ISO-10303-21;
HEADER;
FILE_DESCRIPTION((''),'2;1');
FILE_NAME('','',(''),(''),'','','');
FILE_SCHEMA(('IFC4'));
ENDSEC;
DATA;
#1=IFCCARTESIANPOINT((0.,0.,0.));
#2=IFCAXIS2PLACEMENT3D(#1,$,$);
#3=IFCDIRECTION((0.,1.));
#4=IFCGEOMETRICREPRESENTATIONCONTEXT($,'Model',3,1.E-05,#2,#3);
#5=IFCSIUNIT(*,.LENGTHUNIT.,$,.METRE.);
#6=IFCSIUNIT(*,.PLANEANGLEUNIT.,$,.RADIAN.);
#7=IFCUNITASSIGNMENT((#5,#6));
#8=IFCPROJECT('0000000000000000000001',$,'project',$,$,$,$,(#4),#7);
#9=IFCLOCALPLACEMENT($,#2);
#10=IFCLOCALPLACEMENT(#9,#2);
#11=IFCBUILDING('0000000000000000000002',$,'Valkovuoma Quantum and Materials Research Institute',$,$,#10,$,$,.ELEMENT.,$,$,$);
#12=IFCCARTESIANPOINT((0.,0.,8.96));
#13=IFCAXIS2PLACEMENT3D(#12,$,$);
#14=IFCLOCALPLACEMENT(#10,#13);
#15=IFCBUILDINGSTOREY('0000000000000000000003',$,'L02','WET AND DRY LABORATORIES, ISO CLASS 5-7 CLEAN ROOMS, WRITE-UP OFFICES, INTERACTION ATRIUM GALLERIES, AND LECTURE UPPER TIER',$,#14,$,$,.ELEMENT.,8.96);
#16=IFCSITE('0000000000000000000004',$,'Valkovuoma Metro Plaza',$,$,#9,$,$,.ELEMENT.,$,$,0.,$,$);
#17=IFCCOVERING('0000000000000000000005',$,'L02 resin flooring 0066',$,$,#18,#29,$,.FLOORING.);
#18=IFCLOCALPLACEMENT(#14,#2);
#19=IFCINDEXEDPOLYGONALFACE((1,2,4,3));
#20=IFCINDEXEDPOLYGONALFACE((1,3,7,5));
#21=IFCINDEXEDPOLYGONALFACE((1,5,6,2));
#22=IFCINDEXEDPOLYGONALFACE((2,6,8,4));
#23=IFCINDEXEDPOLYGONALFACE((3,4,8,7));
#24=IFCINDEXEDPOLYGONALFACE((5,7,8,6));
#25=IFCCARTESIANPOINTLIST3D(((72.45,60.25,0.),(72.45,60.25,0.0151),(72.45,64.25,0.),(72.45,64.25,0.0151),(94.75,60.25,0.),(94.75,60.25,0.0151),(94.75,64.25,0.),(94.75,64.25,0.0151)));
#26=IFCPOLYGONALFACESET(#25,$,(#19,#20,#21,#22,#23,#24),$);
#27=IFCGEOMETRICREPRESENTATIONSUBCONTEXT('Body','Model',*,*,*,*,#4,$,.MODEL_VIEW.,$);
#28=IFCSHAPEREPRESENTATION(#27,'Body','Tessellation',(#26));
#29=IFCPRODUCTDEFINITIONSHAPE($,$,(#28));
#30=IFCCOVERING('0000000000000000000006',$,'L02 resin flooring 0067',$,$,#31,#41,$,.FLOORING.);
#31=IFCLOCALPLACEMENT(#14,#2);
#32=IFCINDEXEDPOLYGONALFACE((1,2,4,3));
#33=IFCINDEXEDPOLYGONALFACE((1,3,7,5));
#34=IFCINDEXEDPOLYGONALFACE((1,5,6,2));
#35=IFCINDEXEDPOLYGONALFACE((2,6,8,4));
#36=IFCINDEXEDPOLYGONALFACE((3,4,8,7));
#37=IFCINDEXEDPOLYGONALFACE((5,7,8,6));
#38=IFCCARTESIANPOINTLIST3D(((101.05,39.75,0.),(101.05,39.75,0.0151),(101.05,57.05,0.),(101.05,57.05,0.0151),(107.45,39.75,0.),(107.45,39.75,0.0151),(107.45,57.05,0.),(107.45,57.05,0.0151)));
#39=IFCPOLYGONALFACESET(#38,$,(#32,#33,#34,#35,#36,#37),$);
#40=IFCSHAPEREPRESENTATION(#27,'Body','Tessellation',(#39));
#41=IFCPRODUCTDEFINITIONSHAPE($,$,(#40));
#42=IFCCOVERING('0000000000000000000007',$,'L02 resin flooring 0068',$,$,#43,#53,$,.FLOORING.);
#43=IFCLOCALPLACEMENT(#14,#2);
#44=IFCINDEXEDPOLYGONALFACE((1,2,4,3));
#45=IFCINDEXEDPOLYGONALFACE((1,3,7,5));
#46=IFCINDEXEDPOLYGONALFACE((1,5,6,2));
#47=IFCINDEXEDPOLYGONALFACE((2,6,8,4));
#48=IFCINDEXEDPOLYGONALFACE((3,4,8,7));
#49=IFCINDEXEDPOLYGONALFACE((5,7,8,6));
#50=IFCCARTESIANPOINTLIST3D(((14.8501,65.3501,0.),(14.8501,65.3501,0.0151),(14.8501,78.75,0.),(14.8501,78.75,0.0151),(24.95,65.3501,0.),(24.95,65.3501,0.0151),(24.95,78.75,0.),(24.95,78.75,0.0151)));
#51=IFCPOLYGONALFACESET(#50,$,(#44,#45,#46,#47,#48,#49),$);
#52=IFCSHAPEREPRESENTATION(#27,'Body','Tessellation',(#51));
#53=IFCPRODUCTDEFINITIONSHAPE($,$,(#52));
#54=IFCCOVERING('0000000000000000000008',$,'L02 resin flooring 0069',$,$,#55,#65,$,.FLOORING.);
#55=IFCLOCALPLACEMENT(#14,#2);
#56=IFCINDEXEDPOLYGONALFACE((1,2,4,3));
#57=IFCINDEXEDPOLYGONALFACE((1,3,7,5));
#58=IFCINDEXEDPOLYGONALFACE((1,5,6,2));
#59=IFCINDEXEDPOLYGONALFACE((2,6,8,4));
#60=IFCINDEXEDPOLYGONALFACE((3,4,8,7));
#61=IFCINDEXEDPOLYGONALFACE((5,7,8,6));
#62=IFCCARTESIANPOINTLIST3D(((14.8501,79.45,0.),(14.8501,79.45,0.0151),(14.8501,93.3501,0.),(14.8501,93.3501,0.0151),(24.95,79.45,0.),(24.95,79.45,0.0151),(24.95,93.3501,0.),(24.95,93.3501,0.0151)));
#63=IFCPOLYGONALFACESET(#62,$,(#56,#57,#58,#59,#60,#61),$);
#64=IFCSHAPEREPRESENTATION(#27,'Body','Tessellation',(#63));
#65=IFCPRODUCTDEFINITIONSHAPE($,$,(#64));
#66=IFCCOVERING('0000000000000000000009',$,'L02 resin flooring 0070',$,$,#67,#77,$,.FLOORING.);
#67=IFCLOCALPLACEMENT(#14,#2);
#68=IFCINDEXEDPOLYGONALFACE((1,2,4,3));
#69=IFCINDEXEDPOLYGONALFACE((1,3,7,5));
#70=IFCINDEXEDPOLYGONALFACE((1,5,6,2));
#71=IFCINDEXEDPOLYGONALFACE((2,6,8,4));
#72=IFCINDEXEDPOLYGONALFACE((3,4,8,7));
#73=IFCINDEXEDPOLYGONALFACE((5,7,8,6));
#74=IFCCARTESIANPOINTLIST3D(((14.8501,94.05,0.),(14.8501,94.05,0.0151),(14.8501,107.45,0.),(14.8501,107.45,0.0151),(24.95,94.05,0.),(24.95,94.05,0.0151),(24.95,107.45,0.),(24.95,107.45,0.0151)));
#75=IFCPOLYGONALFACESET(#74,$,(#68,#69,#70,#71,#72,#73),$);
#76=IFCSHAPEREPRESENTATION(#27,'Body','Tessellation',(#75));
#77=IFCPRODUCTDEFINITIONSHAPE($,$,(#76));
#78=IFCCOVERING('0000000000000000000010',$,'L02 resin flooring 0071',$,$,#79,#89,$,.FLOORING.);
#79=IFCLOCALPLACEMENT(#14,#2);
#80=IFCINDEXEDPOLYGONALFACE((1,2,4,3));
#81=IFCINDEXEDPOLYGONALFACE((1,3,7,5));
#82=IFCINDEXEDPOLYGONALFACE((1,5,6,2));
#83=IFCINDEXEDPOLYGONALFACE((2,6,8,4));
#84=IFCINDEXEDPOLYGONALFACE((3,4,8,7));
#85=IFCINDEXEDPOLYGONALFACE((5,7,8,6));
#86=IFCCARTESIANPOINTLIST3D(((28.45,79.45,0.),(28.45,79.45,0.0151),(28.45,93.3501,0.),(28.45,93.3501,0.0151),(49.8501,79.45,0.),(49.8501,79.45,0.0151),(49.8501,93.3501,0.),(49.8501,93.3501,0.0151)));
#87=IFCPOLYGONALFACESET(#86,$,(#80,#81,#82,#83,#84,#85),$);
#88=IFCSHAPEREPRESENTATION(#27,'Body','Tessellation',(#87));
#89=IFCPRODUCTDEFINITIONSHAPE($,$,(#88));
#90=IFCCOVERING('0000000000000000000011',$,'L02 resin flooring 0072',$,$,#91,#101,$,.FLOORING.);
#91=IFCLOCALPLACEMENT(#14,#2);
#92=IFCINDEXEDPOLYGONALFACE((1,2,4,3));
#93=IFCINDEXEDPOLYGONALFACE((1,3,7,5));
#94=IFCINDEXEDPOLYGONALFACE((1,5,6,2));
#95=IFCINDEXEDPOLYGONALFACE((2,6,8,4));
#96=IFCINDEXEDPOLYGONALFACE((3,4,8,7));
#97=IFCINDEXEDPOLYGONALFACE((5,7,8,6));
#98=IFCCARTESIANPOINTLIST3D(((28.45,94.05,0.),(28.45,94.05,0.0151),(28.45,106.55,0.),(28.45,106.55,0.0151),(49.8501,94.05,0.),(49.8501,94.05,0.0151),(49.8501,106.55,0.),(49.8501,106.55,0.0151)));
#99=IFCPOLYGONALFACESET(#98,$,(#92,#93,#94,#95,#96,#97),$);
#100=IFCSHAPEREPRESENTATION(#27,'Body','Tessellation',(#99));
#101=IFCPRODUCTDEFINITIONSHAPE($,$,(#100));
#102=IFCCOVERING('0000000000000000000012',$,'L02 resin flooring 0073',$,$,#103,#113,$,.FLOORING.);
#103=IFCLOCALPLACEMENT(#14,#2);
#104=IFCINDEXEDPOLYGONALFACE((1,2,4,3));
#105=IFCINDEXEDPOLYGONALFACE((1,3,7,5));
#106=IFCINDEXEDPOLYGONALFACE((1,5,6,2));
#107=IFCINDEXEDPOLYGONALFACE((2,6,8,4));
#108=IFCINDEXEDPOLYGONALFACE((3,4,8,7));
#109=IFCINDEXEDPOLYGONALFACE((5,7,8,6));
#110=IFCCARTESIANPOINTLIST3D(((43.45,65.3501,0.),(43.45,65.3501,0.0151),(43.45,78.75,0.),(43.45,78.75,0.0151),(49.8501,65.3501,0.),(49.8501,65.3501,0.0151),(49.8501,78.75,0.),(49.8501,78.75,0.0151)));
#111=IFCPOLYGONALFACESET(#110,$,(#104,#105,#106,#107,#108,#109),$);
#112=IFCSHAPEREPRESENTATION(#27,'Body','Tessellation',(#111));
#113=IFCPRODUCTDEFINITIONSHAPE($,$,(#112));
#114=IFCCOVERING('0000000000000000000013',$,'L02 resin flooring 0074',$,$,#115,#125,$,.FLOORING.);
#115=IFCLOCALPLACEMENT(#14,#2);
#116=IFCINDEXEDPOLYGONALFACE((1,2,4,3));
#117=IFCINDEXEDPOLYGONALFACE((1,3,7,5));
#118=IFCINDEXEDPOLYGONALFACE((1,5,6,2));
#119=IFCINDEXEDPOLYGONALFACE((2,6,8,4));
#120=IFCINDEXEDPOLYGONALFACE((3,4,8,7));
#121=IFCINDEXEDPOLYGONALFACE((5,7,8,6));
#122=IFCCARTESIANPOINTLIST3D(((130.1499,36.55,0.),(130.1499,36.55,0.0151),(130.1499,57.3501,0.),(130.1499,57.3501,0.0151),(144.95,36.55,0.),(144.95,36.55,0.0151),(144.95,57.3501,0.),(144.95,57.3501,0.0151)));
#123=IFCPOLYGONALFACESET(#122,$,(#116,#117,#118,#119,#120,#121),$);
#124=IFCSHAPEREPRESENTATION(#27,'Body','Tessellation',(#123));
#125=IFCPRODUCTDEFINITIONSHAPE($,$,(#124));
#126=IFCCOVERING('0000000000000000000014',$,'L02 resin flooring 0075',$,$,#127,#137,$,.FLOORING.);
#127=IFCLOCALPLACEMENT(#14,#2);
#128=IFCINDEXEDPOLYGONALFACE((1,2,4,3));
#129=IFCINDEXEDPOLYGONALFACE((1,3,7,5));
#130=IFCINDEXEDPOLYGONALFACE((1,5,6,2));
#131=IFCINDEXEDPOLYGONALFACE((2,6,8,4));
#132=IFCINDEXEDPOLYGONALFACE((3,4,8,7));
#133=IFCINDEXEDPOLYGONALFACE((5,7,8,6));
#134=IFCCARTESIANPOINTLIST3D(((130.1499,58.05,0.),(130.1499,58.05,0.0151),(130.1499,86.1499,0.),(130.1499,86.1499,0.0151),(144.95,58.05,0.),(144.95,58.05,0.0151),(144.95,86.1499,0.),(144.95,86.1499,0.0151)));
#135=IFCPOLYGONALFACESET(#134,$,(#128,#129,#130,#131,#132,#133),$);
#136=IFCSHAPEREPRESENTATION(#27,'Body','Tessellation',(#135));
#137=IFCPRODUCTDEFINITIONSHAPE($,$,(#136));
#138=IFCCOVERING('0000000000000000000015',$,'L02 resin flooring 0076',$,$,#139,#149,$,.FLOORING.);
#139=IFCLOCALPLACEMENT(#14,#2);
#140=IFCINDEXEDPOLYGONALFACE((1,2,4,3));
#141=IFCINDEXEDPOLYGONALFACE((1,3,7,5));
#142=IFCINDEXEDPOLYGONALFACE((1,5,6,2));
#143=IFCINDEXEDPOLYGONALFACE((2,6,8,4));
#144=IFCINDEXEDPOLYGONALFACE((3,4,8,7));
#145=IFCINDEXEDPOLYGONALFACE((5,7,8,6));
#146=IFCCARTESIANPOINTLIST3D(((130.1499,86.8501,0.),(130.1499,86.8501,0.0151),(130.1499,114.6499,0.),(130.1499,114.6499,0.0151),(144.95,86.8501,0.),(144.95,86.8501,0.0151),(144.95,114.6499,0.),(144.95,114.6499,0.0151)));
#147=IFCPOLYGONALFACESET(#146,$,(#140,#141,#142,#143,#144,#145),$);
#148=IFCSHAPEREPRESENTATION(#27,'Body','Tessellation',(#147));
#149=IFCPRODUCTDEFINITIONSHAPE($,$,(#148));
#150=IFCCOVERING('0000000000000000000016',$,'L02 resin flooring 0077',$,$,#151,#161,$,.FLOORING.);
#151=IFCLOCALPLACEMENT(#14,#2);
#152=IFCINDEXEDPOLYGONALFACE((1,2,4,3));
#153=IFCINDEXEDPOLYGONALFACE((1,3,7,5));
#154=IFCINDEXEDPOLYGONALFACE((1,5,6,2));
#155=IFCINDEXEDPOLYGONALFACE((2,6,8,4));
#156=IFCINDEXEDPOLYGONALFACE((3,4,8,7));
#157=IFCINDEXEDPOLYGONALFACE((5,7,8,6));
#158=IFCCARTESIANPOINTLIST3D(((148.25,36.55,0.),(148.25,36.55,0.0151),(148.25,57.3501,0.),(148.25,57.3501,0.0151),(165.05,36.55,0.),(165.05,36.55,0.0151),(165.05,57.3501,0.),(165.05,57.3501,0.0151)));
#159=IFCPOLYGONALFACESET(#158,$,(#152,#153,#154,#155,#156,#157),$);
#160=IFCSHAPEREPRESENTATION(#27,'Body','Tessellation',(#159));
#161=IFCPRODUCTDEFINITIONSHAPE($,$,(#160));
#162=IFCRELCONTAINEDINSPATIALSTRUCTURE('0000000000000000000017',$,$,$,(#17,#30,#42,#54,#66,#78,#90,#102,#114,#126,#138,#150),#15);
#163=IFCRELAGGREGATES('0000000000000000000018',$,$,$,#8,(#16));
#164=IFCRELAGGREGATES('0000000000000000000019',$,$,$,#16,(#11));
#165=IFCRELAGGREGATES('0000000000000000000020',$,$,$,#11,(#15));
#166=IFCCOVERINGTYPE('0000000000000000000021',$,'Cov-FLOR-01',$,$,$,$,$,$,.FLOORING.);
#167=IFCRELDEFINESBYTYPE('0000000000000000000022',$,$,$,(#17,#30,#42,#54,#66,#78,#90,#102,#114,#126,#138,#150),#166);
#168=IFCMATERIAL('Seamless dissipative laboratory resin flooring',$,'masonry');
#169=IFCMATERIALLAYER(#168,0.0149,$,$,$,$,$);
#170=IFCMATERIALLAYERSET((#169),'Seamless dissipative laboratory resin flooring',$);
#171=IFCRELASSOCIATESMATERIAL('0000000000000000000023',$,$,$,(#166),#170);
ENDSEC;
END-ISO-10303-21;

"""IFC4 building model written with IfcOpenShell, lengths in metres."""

from ifc_helpers import new_model, si_unit, direction, frame, origin, place, context, subcontext, project, spatial, polyline, outline, extrude, material, layer, layer_set, type_object, element, save


model = new_model("IFC4")

# Units and contexts
model_context = context("Model", 3, precision=1e-05, world=origin(), true_north=direction((0.0, 1.0)))
body_context = subcontext(model_context, "Body", "Model", "MODEL_VIEW")
ifc_project = project(units=[si_unit("LENGTHUNIT", "METRE"), si_unit("PLANEANGLEUNIT", "RADIAN")], contexts=[model_context])

# Site, building, storey
site_placement = place(None, origin())
site = spatial("IfcSite", under=ifc_project, at=site_placement, Name="Valkovuoma Metro Plaza", CompositionType="ELEMENT", RefElevation=0.0)
building_placement = place(site_placement, origin())
building = spatial("IfcBuilding", under=site, at=building_placement, Name="Valkovuoma Quantum and Materials Research Institute", CompositionType="ELEMENT")
storey_placement = place(building_placement, frame((0.0, 0.0, 8.96)))
storey = spatial("IfcBuildingStorey", under=building, at=storey_placement, Name="L02", Description="WET AND DRY LABORATORIES, ISO CLASS 5-7 CLEAN ROOMS, WRITE-UP OFFICES, INTERACTION ATRIUM GALLERIES, AND LECTURE UPPER TIER", CompositionType="ELEMENT", Elevation=8.96)

# Coverings
ifc_material_1 = material(Name="Seamless dissipative laboratory resin flooring", Category="masonry")
ifc_layer_1 = layer(ifc_material_1, 0.0149)
ifc_layer_set_1 = layer_set([ifc_layer_1], Name="Seamless dissipative laboratory resin flooring")
covering_type = type_object("IfcCoveringType", Name="Cov-FLOR-01", PredefinedType="FLOORING", material=ifc_layer_set_1)
covering_1_placement = place(storey_placement, origin())
element("IfcCovering", 1, at=covering_1_placement, inside=storey, type_object=covering_type, Name="L02 resin flooring 0066", PredefinedType="FLOORING", context=body_context, shape_type="SweptSolid", body=[
    extrude(outline(polyline([(72.45, 60.25), (94.75, 60.25), (94.75, 64.25), (72.45, 64.25), (72.45, 60.25)])), origin(), (0.0, 0.0, 1.0), 0.0151),
])
covering_2_placement = place(storey_placement, origin())
element("IfcCovering", 2, at=covering_2_placement, inside=storey, type_object=covering_type, Name="L02 resin flooring 0067", PredefinedType="FLOORING", context=body_context, shape_type="SweptSolid", body=[
    extrude(outline(polyline([(101.05, 39.75), (107.45, 39.75), (107.45, 57.05), (101.05, 57.05), (101.05, 39.75)])), origin(), (0.0, 0.0, 1.0), 0.0151),
])
covering_3_placement = place(storey_placement, origin())
element("IfcCovering", 3, at=covering_3_placement, inside=storey, type_object=covering_type, Name="L02 resin flooring 0068", PredefinedType="FLOORING", context=body_context, shape_type="SweptSolid", body=[
    extrude(outline(polyline([(14.8501, 65.3501), (24.95, 65.3501), (24.95, 78.75), (14.8501, 78.75), (14.8501, 65.3501)])), origin(), (0.0, 0.0, 1.0), 0.0151),
])
covering_4_placement = place(storey_placement, origin())
element("IfcCovering", 4, at=covering_4_placement, inside=storey, type_object=covering_type, Name="L02 resin flooring 0069", PredefinedType="FLOORING", context=body_context, shape_type="SweptSolid", body=[
    extrude(outline(polyline([(14.8501, 79.45), (24.95, 79.45), (24.95, 93.3501), (14.8501, 93.3501), (14.8501, 79.45)])), origin(), (0.0, 0.0, 1.0), 0.0151),
])
covering_5_placement = place(storey_placement, origin())
element("IfcCovering", 5, at=covering_5_placement, inside=storey, type_object=covering_type, Name="L02 resin flooring 0070", PredefinedType="FLOORING", context=body_context, shape_type="SweptSolid", body=[
    extrude(outline(polyline([(14.8501, 94.05), (24.95, 94.05), (24.95, 107.45), (14.8501, 107.45), (14.8501, 94.05)])), origin(), (0.0, 0.0, 1.0), 0.0151),
])
covering_6_placement = place(storey_placement, origin())
element("IfcCovering", 6, at=covering_6_placement, inside=storey, type_object=covering_type, Name="L02 resin flooring 0071", PredefinedType="FLOORING", context=body_context, shape_type="SweptSolid", body=[
    extrude(outline(polyline([(28.45, 79.45), (49.8501, 79.45), (49.8501, 93.3501), (28.45, 93.3501), (28.45, 79.45)])), origin(), (0.0, 0.0, 1.0), 0.0151),
])
covering_7_placement = place(storey_placement, origin())
element("IfcCovering", 7, at=covering_7_placement, inside=storey, type_object=covering_type, Name="L02 resin flooring 0072", PredefinedType="FLOORING", context=body_context, shape_type="SweptSolid", body=[
    extrude(outline(polyline([(28.45, 94.05), (49.8501, 94.05), (49.8501, 106.55), (28.45, 106.55), (28.45, 94.05)])), origin(), (0.0, 0.0, 1.0), 0.0151),
])
covering_8_placement = place(storey_placement, origin())
element("IfcCovering", 8, at=covering_8_placement, inside=storey, type_object=covering_type, Name="L02 resin flooring 0073", PredefinedType="FLOORING", context=body_context, shape_type="SweptSolid", body=[
    extrude(outline(polyline([(43.45, 65.3501), (49.8501, 65.3501), (49.8501, 78.75), (43.45, 78.75), (43.45, 65.3501)])), origin(), (0.0, 0.0, 1.0), 0.0151),
])
covering_9_placement = place(storey_placement, origin())
element("IfcCovering", 9, at=covering_9_placement, inside=storey, type_object=covering_type, Name="L02 resin flooring 0074", PredefinedType="FLOORING", context=body_context, shape_type="SweptSolid", body=[
    extrude(outline(polyline([(130.1499, 36.55), (144.95, 36.55), (144.95, 57.3501), (130.1499, 57.3501), (130.1499, 36.55)])), origin(), (0.0, 0.0, 1.0), 0.0151),
])
covering_10_placement = place(storey_placement, origin())
element("IfcCovering", 10, at=covering_10_placement, inside=storey, type_object=covering_type, Name="L02 resin flooring 0075", PredefinedType="FLOORING", context=body_context, shape_type="SweptSolid", body=[
    extrude(outline(polyline([(130.1499, 58.05), (144.95, 58.05), (144.95, 86.1499), (130.1499, 86.1499), (130.1499, 58.05)])), origin(), (0.0, 0.0, 1.0), 0.0151),
])
covering_11_placement = place(storey_placement, origin())
element("IfcCovering", 11, at=covering_11_placement, inside=storey, type_object=covering_type, Name="L02 resin flooring 0076", PredefinedType="FLOORING", context=body_context, shape_type="SweptSolid", body=[
    extrude(outline(polyline([(130.1499, 86.8501), (144.95, 86.8501), (144.95, 114.6499), (130.1499, 114.6499), (130.1499, 86.8501)])), origin(), (0.0, 0.0, 1.0), 0.0151),
])
covering_12_placement = place(storey_placement, origin())
element("IfcCovering", 12, at=covering_12_placement, inside=storey, type_object=covering_type, Name="L02 resin flooring 0077", PredefinedType="FLOORING", context=body_context, shape_type="SweptSolid", body=[
    extrude(outline(polyline([(148.25, 36.55), (165.05, 36.55), (165.05, 57.3501), (148.25, 57.3501), (148.25, 36.55)])), origin(), (0.0, 0.0, 1.0), 0.0151),
])

save(model, "model.ifc")
